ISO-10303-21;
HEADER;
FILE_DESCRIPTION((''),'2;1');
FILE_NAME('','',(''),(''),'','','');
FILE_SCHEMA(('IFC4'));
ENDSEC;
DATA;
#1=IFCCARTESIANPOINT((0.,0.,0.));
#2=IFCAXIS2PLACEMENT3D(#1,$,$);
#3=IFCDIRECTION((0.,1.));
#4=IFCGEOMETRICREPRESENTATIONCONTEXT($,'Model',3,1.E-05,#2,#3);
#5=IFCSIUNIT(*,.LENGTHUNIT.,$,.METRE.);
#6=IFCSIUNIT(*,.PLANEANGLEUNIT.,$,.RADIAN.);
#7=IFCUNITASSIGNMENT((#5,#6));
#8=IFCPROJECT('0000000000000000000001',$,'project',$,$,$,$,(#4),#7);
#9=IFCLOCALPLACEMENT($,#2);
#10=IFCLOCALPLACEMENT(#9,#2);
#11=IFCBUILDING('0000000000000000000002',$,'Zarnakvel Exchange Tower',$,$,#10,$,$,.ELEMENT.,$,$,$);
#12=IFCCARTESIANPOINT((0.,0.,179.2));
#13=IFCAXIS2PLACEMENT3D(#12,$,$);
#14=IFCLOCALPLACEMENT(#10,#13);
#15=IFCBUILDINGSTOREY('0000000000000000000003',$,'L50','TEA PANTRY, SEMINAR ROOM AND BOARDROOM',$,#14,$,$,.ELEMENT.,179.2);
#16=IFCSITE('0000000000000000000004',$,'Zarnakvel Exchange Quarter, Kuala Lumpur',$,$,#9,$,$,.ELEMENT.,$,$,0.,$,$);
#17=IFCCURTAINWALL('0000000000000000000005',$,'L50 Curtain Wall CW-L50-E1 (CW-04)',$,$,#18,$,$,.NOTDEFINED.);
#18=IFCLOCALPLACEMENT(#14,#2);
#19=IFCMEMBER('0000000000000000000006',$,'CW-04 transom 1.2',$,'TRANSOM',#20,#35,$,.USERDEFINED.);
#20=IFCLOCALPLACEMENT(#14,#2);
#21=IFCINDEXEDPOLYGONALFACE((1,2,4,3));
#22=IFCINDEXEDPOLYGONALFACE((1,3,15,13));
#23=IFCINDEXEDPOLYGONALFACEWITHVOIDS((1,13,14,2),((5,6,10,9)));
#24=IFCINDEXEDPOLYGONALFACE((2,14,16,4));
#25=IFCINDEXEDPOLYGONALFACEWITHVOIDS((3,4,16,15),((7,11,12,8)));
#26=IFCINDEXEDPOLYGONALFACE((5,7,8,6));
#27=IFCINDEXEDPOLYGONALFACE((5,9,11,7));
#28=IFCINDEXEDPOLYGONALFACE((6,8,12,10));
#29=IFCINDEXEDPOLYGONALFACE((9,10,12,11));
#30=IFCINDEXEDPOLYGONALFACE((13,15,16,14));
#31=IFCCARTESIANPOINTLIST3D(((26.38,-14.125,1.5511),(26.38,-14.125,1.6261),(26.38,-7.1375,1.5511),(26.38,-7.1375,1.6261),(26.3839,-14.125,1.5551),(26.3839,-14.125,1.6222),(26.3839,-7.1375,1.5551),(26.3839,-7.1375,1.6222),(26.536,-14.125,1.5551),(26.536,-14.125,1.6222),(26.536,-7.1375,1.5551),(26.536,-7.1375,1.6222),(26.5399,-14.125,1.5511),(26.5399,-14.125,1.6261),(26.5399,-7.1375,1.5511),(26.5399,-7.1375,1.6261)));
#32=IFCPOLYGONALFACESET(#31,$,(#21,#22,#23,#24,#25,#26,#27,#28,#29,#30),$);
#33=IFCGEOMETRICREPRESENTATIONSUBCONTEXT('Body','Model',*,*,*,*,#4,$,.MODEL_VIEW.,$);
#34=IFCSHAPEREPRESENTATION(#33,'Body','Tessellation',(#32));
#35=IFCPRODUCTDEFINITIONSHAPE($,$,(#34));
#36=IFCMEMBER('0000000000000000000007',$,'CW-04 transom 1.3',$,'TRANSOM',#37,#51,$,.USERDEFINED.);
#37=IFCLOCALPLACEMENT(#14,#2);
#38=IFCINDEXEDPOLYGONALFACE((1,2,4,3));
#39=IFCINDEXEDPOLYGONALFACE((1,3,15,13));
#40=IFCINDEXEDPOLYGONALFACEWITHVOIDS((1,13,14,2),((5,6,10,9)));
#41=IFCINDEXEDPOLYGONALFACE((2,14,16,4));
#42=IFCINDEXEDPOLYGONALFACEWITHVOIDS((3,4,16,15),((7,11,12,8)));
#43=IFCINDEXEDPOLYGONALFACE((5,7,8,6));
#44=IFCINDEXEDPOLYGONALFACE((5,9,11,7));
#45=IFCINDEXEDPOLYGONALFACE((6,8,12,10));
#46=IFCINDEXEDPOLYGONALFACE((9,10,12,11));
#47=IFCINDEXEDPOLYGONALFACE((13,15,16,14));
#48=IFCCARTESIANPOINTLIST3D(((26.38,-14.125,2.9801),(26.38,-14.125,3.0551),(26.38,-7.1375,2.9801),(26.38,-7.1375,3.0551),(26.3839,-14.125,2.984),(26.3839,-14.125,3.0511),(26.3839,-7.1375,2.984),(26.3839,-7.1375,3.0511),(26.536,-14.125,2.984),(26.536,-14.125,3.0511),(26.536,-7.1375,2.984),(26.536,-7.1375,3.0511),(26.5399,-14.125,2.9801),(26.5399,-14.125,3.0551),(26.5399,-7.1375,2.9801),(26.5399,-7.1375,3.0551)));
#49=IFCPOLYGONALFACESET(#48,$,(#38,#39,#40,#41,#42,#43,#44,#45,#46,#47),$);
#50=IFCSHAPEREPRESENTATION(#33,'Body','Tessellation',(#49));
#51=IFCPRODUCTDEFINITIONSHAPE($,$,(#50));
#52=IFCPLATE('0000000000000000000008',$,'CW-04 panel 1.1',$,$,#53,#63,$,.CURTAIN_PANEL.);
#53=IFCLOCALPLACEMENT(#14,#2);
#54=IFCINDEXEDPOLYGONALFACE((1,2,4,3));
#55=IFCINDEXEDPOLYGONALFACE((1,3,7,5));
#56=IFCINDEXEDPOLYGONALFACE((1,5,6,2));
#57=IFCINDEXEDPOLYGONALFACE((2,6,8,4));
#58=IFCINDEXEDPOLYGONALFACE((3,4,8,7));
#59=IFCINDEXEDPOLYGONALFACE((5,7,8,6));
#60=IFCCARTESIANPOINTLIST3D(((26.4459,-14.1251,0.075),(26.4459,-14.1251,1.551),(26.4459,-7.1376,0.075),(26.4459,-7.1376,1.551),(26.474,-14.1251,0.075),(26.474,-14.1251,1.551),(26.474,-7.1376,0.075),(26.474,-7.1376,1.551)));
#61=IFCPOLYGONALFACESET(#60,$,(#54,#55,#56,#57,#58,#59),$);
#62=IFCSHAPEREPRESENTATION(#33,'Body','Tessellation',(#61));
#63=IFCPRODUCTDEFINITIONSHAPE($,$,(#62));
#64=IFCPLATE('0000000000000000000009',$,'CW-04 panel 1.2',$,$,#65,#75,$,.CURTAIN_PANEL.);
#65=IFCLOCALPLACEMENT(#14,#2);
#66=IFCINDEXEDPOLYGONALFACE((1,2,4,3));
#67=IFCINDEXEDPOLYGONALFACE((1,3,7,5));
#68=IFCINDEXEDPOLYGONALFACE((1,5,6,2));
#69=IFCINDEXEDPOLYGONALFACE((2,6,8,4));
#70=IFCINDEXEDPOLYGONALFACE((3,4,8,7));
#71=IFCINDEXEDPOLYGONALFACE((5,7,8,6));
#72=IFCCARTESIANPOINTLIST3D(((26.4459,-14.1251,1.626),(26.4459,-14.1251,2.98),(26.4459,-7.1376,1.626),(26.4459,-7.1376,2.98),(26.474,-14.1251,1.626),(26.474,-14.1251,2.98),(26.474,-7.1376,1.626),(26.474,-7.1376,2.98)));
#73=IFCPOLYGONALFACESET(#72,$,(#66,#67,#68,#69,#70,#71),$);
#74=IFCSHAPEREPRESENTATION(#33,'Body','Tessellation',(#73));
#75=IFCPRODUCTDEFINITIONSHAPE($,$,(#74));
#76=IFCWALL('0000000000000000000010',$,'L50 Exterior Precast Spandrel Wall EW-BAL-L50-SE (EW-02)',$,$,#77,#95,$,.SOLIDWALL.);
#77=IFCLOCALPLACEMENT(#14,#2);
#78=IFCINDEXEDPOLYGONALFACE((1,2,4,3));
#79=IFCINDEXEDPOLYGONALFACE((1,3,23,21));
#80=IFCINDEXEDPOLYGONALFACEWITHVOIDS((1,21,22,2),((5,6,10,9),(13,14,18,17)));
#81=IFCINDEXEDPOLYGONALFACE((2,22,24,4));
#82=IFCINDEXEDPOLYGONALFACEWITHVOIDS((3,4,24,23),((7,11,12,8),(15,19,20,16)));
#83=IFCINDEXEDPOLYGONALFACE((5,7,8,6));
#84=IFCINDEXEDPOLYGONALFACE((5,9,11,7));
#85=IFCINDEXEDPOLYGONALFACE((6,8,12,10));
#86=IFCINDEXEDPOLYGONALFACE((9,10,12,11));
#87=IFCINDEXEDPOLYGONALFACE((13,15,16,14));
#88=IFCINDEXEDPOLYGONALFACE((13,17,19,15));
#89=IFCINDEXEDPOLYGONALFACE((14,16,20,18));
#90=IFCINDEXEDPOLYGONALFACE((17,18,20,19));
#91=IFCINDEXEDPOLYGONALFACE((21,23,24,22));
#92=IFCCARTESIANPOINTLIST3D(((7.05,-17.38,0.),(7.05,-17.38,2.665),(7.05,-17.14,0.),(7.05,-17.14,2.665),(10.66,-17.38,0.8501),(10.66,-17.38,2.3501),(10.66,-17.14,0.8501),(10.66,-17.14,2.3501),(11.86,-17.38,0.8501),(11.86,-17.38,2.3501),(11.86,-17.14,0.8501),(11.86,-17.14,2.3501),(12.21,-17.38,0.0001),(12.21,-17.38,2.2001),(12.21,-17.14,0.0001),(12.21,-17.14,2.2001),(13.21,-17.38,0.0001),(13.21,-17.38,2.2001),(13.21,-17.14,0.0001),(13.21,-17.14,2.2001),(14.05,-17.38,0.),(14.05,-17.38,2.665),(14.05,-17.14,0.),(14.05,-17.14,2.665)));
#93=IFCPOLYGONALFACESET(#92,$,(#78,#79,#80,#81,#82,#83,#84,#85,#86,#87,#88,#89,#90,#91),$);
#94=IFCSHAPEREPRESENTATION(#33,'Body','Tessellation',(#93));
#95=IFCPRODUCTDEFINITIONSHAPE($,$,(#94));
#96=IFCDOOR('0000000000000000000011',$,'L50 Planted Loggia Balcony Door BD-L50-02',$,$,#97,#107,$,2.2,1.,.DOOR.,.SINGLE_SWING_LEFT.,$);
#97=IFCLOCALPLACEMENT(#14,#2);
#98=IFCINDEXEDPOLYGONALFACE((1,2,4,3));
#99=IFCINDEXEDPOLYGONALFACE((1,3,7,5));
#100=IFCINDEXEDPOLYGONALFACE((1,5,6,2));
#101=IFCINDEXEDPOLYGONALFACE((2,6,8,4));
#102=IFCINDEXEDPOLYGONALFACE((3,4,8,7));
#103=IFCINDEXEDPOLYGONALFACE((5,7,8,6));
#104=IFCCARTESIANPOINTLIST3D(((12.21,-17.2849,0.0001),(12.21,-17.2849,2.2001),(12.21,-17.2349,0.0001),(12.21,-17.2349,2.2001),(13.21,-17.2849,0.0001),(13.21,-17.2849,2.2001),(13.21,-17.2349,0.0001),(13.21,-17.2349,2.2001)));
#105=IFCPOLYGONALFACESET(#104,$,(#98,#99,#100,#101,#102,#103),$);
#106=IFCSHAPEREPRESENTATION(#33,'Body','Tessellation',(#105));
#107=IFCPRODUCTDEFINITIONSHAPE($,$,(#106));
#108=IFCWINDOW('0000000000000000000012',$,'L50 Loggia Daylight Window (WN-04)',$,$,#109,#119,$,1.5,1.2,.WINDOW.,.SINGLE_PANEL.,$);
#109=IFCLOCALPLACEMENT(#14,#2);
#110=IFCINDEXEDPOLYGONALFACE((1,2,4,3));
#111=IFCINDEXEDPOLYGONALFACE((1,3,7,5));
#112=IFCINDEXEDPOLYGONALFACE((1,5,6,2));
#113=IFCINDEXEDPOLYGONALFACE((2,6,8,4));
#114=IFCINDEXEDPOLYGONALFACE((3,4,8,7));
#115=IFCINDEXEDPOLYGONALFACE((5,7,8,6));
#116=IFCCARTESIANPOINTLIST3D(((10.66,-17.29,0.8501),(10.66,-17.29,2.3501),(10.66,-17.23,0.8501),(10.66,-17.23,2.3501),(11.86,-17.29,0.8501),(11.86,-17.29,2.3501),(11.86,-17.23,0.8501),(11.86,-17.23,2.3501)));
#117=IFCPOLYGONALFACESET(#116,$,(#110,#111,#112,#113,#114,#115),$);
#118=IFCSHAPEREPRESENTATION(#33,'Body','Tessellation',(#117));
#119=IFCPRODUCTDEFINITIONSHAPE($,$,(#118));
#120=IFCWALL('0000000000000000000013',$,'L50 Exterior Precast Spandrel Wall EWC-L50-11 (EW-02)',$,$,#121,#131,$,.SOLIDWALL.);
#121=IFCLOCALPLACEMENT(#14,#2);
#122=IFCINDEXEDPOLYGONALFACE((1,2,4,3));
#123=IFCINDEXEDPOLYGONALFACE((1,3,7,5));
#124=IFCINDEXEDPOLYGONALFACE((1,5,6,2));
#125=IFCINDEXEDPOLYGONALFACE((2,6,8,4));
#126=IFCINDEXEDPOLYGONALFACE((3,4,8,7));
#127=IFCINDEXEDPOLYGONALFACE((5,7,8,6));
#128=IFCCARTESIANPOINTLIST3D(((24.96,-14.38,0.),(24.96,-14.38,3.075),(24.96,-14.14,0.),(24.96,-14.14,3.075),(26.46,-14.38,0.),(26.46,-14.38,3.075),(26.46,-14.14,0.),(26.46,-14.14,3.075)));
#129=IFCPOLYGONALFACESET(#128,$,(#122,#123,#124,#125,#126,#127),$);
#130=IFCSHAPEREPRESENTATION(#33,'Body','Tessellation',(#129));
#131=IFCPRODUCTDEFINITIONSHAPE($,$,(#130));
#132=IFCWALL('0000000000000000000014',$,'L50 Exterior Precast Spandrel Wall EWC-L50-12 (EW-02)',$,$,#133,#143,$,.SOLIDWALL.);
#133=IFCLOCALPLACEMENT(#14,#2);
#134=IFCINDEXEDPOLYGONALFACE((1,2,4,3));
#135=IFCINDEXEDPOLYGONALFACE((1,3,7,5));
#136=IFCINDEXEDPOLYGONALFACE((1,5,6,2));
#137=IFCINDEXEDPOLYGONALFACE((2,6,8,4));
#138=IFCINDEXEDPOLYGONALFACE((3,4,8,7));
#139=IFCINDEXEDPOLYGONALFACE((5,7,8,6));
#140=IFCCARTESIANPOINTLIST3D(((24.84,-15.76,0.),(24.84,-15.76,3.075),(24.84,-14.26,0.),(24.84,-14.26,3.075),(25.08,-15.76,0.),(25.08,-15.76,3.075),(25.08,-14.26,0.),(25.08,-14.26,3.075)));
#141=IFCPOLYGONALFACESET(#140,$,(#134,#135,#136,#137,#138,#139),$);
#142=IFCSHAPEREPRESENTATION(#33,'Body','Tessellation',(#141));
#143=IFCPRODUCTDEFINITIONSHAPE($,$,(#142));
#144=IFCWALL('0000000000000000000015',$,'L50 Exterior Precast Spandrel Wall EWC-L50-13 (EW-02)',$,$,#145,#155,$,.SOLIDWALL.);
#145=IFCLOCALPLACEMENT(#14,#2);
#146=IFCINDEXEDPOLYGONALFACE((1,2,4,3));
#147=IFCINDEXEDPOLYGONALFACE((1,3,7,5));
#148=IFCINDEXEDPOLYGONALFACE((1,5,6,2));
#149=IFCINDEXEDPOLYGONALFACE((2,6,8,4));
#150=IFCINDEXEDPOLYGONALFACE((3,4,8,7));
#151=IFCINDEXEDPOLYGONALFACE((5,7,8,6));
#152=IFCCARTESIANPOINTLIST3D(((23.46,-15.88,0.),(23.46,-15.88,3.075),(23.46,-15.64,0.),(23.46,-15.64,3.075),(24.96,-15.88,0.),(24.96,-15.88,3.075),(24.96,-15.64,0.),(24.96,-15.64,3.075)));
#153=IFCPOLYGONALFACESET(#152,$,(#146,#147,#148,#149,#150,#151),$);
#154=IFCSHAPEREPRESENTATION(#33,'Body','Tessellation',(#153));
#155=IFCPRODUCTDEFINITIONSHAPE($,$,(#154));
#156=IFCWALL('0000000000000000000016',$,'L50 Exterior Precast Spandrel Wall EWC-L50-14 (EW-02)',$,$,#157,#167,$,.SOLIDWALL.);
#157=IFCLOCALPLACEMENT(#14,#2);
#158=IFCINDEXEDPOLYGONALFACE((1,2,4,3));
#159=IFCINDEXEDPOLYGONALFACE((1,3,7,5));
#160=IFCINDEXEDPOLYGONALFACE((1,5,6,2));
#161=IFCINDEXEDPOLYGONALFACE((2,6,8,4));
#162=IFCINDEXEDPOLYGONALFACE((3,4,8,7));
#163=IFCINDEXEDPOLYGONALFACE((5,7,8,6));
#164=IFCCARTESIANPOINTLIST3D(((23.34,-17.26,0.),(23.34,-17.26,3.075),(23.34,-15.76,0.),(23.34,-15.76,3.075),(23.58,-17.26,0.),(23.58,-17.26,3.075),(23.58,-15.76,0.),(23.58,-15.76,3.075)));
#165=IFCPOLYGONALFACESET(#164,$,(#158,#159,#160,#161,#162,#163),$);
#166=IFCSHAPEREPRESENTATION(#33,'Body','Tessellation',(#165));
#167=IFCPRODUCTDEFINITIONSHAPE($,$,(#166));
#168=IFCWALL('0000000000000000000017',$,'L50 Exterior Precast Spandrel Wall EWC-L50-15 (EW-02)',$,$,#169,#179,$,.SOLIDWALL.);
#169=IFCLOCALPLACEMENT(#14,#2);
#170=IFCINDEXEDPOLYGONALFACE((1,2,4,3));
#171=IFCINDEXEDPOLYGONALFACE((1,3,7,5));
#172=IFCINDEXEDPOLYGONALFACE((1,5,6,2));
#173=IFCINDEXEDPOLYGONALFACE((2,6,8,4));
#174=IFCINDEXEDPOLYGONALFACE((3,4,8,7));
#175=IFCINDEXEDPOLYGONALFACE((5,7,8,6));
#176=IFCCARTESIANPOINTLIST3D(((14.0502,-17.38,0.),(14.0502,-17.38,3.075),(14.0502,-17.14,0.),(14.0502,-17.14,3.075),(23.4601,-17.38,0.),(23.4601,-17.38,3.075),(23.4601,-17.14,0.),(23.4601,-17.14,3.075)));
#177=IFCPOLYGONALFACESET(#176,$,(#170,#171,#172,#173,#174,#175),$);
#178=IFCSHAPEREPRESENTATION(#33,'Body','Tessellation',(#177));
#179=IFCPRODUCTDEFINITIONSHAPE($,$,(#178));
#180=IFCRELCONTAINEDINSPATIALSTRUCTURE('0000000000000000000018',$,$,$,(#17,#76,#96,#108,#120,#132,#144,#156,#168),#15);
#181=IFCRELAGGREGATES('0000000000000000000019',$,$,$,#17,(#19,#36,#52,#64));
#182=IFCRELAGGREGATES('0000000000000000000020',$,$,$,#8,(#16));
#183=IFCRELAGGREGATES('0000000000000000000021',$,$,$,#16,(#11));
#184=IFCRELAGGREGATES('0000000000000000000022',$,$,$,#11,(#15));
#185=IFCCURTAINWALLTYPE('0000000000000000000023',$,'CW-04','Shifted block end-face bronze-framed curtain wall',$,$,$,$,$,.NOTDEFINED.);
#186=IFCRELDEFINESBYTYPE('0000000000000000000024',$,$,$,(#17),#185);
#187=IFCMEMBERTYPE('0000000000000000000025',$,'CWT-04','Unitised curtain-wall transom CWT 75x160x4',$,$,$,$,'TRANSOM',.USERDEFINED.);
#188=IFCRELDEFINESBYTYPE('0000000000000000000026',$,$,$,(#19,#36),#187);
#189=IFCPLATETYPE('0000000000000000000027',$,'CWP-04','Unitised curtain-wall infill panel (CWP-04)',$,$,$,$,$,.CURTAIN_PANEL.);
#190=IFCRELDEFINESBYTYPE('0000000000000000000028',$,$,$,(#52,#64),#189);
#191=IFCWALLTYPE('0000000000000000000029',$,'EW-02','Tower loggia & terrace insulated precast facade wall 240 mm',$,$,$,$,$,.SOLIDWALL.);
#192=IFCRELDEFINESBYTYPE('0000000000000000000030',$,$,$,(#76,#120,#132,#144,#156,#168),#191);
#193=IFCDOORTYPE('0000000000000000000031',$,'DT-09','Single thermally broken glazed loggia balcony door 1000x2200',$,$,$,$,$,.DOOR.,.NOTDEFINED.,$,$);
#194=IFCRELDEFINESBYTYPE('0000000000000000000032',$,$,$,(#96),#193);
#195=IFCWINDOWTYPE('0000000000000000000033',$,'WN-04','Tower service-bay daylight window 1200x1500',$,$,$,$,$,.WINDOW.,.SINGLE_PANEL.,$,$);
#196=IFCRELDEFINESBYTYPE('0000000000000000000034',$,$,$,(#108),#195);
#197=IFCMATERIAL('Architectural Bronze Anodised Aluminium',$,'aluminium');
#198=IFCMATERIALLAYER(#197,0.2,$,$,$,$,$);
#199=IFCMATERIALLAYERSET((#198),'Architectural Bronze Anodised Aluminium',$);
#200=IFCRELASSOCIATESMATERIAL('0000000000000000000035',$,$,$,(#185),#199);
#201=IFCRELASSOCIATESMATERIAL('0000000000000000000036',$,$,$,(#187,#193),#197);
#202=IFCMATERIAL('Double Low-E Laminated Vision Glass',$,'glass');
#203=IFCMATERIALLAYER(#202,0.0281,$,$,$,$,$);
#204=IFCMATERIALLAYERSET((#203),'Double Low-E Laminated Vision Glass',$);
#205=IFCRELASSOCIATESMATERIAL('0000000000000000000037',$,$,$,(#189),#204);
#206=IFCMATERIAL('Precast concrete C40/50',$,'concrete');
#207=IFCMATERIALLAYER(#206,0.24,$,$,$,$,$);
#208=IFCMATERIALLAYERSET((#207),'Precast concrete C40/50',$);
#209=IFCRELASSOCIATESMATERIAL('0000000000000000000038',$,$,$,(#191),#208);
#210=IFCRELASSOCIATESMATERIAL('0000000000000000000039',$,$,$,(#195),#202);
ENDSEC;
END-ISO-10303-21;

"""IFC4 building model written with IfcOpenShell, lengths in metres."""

from ifc_helpers import new_model, si_unit, direction, frame, frame_2d, origin, origin_2d, place, context, subcontext, project, spatial, rectangle, hollow_rectangle, extrude, source, transform, mapped, material, layer, layer_set, material_profile, profile_set, type_object, element, fill, aggregate, save


model = new_model("IFC4")

# Units and contexts
model_context = context("Model", 3, precision=1e-05, world=origin(), true_north=direction((0.0, 1.0)))
body_context = subcontext(model_context, "Body", "Model", "MODEL_VIEW")
ifc_project = project(units=[si_unit("LENGTHUNIT", "METRE"), si_unit("PLANEANGLEUNIT", "RADIAN")], contexts=[model_context])

# Site, building, storey
site_placement = place(None, origin())
site = spatial("IfcSite", under=ifc_project, at=site_placement, Name="Zarnakvel Exchange Quarter, Kuala Lumpur", CompositionType="ELEMENT", RefElevation=0.0)
building_placement = place(site_placement, origin())
building = spatial("IfcBuilding", under=site, at=building_placement, Name="Zarnakvel Exchange Tower", CompositionType="ELEMENT")
storey_placement = place(building_placement, frame((0.0, 0.0, 179.2)))
storey = spatial("IfcBuildingStorey", under=building, at=storey_placement, Name="L50", Description="TEA PANTRY, SEMINAR ROOM AND BOARDROOM", CompositionType="ELEMENT", Elevation=179.2)

# Curtain wall, members, plates
ifc_material_1 = material(Name="Architectural Bronze Anodised Aluminium", Category="aluminium")
ifc_layer_1 = layer(ifc_material_1, 0.2)
ifc_layer_set_1 = layer_set([ifc_layer_1], Name="Architectural Bronze Anodised Aluminium")
curtain_wall_type = type_object("IfcCurtainWallType", Name="CW-04", Description="Shifted block end-face bronze-framed curtain wall", PredefinedType="NOTDEFINED", material=ifc_layer_set_1)
curtain_wall_placement = place(storey_placement, origin())
curtain_wall = element("IfcCurtainWall", 1, at=curtain_wall_placement, inside=storey, type_object=curtain_wall_type, Name="L50 Curtain Wall CW-L50-E1 (CW-04)", PredefinedType="NOTDEFINED")
ifc_material_profile_1 = material_profile(ifc_material_1, hollow_rectangle(XDim=0.1599, YDim=0.075, WallThickness=0.0039, at=origin_2d()))
ifc_profile_set_1 = profile_set([ifc_material_profile_1], Name="Architectural Bronze Anodised Aluminium")
member_type_1 = type_object("IfcMemberType", Name="CWT-04", Description="Unitised curtain-wall transom CWT 75x160x4", ElementType="TRANSOM", PredefinedType="USERDEFINED", material=ifc_profile_set_1)
shared_shape_1 = source(origin(), body_context, "Body", "SweptSolid", [
    extrude(hollow_rectangle(XDim=0.1599, YDim=0.075, WallThickness=0.0039, at=origin_2d()), origin(), (0.0, 0.0, 1.0), 6.9875),
])
member_1_placement = place(storey_placement, frame((26.46, -14.125, 1.5886), z_axis=(0.0, 1.0, 0.0), x_axis=(-1.0, 0.0, 0.0)))
member_1 = element("IfcMember", 2, at=member_1_placement, type_object=member_type_1, Name="CW-04 transom 1.2", ObjectType="TRANSOM", PredefinedType="USERDEFINED", context=body_context, shape_type="MappedRepresentation", body=[
    mapped(shared_shape_1, transform((0.0, 0.0, 0.0), x_axis=(1.0, 0.0, 0.0), y_axis=(0.0, 1.0, 0.0), z_axis=(0.0, 0.0, 1.0), scale=1.0)),
])
member_2_placement = place(storey_placement, frame((26.46, -14.125, 3.0176), z_axis=(0.0, 1.0, 0.0), x_axis=(-1.0, 0.0, 0.0)))
member_2 = element("IfcMember", 3, at=member_2_placement, type_object=member_type_1, Name="CW-04 transom 1.3", ObjectType="TRANSOM", PredefinedType="USERDEFINED", context=body_context, shape_type="MappedRepresentation", body=[
    mapped(shared_shape_1, transform((0.0, 0.0, 0.0), x_axis=(1.0, 0.0, 0.0), y_axis=(0.0, 1.0, 0.0), z_axis=(0.0, 0.0, 1.0), scale=1.0)),
])
ifc_material_2 = material(Name="Double Low-E Laminated Vision Glass", Category="glass")
ifc_layer_2 = layer(ifc_material_2, 0.0281)
ifc_layer_set_2 = layer_set([ifc_layer_2], Name="Double Low-E Laminated Vision Glass")
plate_type = type_object("IfcPlateType", Name="CWP-04", Description="Unitised curtain-wall infill panel (CWP-04)", PredefinedType="CURTAIN_PANEL", material=ifc_layer_set_2)
shared_shape_2 = source(origin(), body_context, "Body", "SweptSolid", [
    extrude(rectangle(XDim=6.9875, YDim=0.0281, at=origin_2d()), origin(), (0.0, 0.0, 1.0), 1.4761),
])
plate_1_placement = place(storey_placement, frame((26.46, -10.6313, 0.075), z_axis=(0.0, 0.0, 1.0), x_axis=(0.0, 1.0, 0.0)))
plate_1 = element("IfcPlate", 4, at=plate_1_placement, type_object=plate_type, Name="CW-04 panel 1.1", PredefinedType="CURTAIN_PANEL", context=body_context, shape_type="MappedRepresentation", body=[
    mapped(shared_shape_2, transform((0.0, 0.0, 0.0), x_axis=(1.0, 0.0, 0.0), y_axis=(0.0, 1.0, 0.0), z_axis=(0.0, 0.0, 1.0), scale=1.0)),
])
shared_shape_3 = source(origin(), body_context, "Body", "SweptSolid", [
    extrude(rectangle(XDim=6.9875, YDim=0.0281, at=origin_2d()), origin(), (0.0, 0.0, 1.0), 1.354),
])
plate_2_placement = place(storey_placement, frame((26.46, -10.6313, 1.626), z_axis=(0.0, 0.0, 1.0), x_axis=(0.0, 1.0, 0.0)))
plate_2 = element("IfcPlate", 5, at=plate_2_placement, type_object=plate_type, Name="CW-04 panel 1.2", PredefinedType="CURTAIN_PANEL", context=body_context, shape_type="MappedRepresentation", body=[
    mapped(shared_shape_3, transform((0.0, 0.0, 0.0), x_axis=(1.0, 0.0, 0.0), y_axis=(0.0, 1.0, 0.0), z_axis=(0.0, 0.0, 1.0), scale=1.0)),
])
aggregate(curtain_wall, [member_1, member_2, plate_1, plate_2])

# Wall, openings, door, window
ifc_material_3 = material(Name="Precast concrete C40/50", Category="concrete")
ifc_layer_3 = layer(ifc_material_3, 0.24)
ifc_layer_set_3 = layer_set([ifc_layer_3], Name="Precast concrete C40/50")
wall_type_1 = type_object("IfcWallType", Name="EW-02", Description="Tower loggia & terrace insulated precast facade wall 240 mm", PredefinedType="SOLIDWALL", material=ifc_layer_set_3)
wall_1_placement = place(storey_placement, frame((14.05, -17.26, 0.0), z_axis=(0.0, 0.0, 1.0), x_axis=(-1.0, 0.0, 0.0)))
wall_1 = element("IfcWall", 6, at=wall_1_placement, inside=storey, type_object=wall_type_1, Name="L50 Exterior Precast Spandrel Wall EW-BAL-L50-SE (EW-02)", PredefinedType="SOLIDWALL", context=body_context, shape_type="SweptSolid", body=[
    extrude(rectangle(XDim=7.0, YDim=0.24, at=frame_2d((3.5, 0.0))), origin(), (0.0, 0.0, 1.0), 2.665),
])
opening_1_placement = place(wall_1_placement, frame((0.8401, 0.0, 0.0)))
opening_1 = element("IfcOpeningElement", 7, at=opening_1_placement, cuts=wall_1, PredefinedType="OPENING", context=body_context, shape_type="SweptSolid", body=[
    extrude(rectangle(XDim=1.0, YDim=2.2, at=frame_2d((0.5, 1.1001))), frame((0.0, 0.1299, 0.0), z_axis=(0.0, -1.0, 0.0), x_axis=(1.0, 0.0, 0.0)), (0.0, 0.0, 1.0), 0.26),
])
opening_2_placement = place(wall_1_placement, frame((2.1899, 0.0, 0.8501)))
opening_2 = element("IfcOpeningElement", 8, at=opening_2_placement, cuts=wall_1, PredefinedType="OPENING", context=body_context, shape_type="SweptSolid", body=[
    extrude(rectangle(XDim=1.2, YDim=1.5, at=frame_2d((0.6001, 0.75))), frame((0.0, 0.1299, 0.0), z_axis=(0.0, -1.0, 0.0), x_axis=(1.0, 0.0, 0.0)), (0.0, 0.0, 1.0), 0.26),
])
door_type = type_object("IfcDoorType", Name="DT-09", Description="Single thermally broken glazed loggia balcony door 1000x2200", OperationType="NOTDEFINED", PredefinedType="DOOR", material=ifc_material_1)
shared_shape_4 = source(origin(), body_context, "Body", "SweptSolid", [
    extrude(rectangle(XDim=1.0, YDim=2.2, at=frame_2d((0.5, 1.1001))), frame((0.0, 0.0249, 0.0), z_axis=(0.0, -1.0, 0.0), x_axis=(1.0, 0.0, 0.0)), (0.0, 0.0, 1.0), 0.05),
])
door_placement = place(opening_1_placement, origin())
door = element("IfcDoor", 9, at=door_placement, inside=storey, type_object=door_type, Name="L50 Planted Loggia Balcony Door BD-L50-02", OperationType="SINGLE_SWING_LEFT", OverallHeight=2.2, OverallWidth=1.0, PredefinedType="DOOR", context=body_context, shape_type="MappedRepresentation", body=[
    mapped(shared_shape_4, transform((0.0, 0.0, 0.0), x_axis=(1.0, 0.0, 0.0), y_axis=(0.0, 1.0, 0.0), z_axis=(0.0, 0.0, 1.0), scale=1.0)),
])
fill(opening_1, door)
window_type = type_object("IfcWindowType", Name="WN-04", Description="Tower service-bay daylight window 1200x1500", PartitioningType="SINGLE_PANEL", PredefinedType="WINDOW", material=ifc_material_2)
shared_shape_5 = source(origin(), body_context, "Body", "SweptSolid", [
    extrude(rectangle(XDim=1.2, YDim=1.5, at=frame_2d((0.6001, 0.75))), frame((0.0, 0.03, 0.0), z_axis=(0.0, -1.0, 0.0), x_axis=(1.0, 0.0, 0.0)), (0.0, 0.0, 1.0), 0.0601),
])
window_placement = place(opening_2_placement, origin())
window = element("IfcWindow", 10, at=window_placement, inside=storey, type_object=window_type, Name="L50 Loggia Daylight Window (WN-04)", OverallHeight=1.5, OverallWidth=1.2, PartitioningType="SINGLE_PANEL", PredefinedType="WINDOW", context=body_context, shape_type="MappedRepresentation", body=[
    mapped(shared_shape_5, transform((0.0, 0.0, 0.0), x_axis=(1.0, 0.0, 0.0), y_axis=(0.0, 1.0, 0.0), z_axis=(0.0, 0.0, 1.0), scale=1.0)),
])
fill(opening_2, window)

# Walls
for number, where, z_axis, x_axis, name in (
    (11, (24.96, -14.26, 0.0), (0.0, 0.0, 1.0), (1.0, 0.0, 0.0), "L50 Exterior Precast Spandrel Wall EWC-L50-11 (EW-02)"),
    (12, (24.96, -15.76, 0.0), (0.0, 0.0, 1.0), (0.0, 1.0, 0.0), "L50 Exterior Precast Spandrel Wall EWC-L50-12 (EW-02)"),
    (13, (23.46, -15.76, 0.0), (0.0, 0.0, 1.0), (1.0, 0.0, 0.0), "L50 Exterior Precast Spandrel Wall EWC-L50-13 (EW-02)"),
    (14, (23.46, -17.26, 0.0), (0.0, 0.0, 1.0), (0.0, 1.0, 0.0), "L50 Exterior Precast Spandrel Wall EWC-L50-14 (EW-02)"),
):
    element("IfcWall", number, at=place(storey_placement, frame(where, z_axis=z_axis, x_axis=x_axis)), inside=storey, type_object=wall_type_1, Name=name, PredefinedType="SOLIDWALL", context=body_context, shape_type="SweptSolid", body=[
        extrude(rectangle(XDim=1.5, YDim=0.24, at=frame_2d((0.75, 0.0))), origin(), (0.0, 0.0, 1.0), 3.075),
    ])
wall_2_placement = place(storey_placement, frame((14.05, -17.26, 0.0), z_axis=(0.0, 0.0, 1.0), x_axis=(1.0, 0.0, 0.0)))
element("IfcWall", 15, at=wall_2_placement, inside=storey, type_object=wall_type_1, Name="L50 Exterior Precast Spandrel Wall EWC-L50-15 (EW-02)", PredefinedType="SOLIDWALL", context=body_context, shape_type="SweptSolid", body=[
    extrude(rectangle(XDim=9.4099, YDim=0.24, at=frame_2d((4.7051, 0.0))), origin(), (0.0, 0.0, 1.0), 3.075),
])

save(model, "model.ifc")
